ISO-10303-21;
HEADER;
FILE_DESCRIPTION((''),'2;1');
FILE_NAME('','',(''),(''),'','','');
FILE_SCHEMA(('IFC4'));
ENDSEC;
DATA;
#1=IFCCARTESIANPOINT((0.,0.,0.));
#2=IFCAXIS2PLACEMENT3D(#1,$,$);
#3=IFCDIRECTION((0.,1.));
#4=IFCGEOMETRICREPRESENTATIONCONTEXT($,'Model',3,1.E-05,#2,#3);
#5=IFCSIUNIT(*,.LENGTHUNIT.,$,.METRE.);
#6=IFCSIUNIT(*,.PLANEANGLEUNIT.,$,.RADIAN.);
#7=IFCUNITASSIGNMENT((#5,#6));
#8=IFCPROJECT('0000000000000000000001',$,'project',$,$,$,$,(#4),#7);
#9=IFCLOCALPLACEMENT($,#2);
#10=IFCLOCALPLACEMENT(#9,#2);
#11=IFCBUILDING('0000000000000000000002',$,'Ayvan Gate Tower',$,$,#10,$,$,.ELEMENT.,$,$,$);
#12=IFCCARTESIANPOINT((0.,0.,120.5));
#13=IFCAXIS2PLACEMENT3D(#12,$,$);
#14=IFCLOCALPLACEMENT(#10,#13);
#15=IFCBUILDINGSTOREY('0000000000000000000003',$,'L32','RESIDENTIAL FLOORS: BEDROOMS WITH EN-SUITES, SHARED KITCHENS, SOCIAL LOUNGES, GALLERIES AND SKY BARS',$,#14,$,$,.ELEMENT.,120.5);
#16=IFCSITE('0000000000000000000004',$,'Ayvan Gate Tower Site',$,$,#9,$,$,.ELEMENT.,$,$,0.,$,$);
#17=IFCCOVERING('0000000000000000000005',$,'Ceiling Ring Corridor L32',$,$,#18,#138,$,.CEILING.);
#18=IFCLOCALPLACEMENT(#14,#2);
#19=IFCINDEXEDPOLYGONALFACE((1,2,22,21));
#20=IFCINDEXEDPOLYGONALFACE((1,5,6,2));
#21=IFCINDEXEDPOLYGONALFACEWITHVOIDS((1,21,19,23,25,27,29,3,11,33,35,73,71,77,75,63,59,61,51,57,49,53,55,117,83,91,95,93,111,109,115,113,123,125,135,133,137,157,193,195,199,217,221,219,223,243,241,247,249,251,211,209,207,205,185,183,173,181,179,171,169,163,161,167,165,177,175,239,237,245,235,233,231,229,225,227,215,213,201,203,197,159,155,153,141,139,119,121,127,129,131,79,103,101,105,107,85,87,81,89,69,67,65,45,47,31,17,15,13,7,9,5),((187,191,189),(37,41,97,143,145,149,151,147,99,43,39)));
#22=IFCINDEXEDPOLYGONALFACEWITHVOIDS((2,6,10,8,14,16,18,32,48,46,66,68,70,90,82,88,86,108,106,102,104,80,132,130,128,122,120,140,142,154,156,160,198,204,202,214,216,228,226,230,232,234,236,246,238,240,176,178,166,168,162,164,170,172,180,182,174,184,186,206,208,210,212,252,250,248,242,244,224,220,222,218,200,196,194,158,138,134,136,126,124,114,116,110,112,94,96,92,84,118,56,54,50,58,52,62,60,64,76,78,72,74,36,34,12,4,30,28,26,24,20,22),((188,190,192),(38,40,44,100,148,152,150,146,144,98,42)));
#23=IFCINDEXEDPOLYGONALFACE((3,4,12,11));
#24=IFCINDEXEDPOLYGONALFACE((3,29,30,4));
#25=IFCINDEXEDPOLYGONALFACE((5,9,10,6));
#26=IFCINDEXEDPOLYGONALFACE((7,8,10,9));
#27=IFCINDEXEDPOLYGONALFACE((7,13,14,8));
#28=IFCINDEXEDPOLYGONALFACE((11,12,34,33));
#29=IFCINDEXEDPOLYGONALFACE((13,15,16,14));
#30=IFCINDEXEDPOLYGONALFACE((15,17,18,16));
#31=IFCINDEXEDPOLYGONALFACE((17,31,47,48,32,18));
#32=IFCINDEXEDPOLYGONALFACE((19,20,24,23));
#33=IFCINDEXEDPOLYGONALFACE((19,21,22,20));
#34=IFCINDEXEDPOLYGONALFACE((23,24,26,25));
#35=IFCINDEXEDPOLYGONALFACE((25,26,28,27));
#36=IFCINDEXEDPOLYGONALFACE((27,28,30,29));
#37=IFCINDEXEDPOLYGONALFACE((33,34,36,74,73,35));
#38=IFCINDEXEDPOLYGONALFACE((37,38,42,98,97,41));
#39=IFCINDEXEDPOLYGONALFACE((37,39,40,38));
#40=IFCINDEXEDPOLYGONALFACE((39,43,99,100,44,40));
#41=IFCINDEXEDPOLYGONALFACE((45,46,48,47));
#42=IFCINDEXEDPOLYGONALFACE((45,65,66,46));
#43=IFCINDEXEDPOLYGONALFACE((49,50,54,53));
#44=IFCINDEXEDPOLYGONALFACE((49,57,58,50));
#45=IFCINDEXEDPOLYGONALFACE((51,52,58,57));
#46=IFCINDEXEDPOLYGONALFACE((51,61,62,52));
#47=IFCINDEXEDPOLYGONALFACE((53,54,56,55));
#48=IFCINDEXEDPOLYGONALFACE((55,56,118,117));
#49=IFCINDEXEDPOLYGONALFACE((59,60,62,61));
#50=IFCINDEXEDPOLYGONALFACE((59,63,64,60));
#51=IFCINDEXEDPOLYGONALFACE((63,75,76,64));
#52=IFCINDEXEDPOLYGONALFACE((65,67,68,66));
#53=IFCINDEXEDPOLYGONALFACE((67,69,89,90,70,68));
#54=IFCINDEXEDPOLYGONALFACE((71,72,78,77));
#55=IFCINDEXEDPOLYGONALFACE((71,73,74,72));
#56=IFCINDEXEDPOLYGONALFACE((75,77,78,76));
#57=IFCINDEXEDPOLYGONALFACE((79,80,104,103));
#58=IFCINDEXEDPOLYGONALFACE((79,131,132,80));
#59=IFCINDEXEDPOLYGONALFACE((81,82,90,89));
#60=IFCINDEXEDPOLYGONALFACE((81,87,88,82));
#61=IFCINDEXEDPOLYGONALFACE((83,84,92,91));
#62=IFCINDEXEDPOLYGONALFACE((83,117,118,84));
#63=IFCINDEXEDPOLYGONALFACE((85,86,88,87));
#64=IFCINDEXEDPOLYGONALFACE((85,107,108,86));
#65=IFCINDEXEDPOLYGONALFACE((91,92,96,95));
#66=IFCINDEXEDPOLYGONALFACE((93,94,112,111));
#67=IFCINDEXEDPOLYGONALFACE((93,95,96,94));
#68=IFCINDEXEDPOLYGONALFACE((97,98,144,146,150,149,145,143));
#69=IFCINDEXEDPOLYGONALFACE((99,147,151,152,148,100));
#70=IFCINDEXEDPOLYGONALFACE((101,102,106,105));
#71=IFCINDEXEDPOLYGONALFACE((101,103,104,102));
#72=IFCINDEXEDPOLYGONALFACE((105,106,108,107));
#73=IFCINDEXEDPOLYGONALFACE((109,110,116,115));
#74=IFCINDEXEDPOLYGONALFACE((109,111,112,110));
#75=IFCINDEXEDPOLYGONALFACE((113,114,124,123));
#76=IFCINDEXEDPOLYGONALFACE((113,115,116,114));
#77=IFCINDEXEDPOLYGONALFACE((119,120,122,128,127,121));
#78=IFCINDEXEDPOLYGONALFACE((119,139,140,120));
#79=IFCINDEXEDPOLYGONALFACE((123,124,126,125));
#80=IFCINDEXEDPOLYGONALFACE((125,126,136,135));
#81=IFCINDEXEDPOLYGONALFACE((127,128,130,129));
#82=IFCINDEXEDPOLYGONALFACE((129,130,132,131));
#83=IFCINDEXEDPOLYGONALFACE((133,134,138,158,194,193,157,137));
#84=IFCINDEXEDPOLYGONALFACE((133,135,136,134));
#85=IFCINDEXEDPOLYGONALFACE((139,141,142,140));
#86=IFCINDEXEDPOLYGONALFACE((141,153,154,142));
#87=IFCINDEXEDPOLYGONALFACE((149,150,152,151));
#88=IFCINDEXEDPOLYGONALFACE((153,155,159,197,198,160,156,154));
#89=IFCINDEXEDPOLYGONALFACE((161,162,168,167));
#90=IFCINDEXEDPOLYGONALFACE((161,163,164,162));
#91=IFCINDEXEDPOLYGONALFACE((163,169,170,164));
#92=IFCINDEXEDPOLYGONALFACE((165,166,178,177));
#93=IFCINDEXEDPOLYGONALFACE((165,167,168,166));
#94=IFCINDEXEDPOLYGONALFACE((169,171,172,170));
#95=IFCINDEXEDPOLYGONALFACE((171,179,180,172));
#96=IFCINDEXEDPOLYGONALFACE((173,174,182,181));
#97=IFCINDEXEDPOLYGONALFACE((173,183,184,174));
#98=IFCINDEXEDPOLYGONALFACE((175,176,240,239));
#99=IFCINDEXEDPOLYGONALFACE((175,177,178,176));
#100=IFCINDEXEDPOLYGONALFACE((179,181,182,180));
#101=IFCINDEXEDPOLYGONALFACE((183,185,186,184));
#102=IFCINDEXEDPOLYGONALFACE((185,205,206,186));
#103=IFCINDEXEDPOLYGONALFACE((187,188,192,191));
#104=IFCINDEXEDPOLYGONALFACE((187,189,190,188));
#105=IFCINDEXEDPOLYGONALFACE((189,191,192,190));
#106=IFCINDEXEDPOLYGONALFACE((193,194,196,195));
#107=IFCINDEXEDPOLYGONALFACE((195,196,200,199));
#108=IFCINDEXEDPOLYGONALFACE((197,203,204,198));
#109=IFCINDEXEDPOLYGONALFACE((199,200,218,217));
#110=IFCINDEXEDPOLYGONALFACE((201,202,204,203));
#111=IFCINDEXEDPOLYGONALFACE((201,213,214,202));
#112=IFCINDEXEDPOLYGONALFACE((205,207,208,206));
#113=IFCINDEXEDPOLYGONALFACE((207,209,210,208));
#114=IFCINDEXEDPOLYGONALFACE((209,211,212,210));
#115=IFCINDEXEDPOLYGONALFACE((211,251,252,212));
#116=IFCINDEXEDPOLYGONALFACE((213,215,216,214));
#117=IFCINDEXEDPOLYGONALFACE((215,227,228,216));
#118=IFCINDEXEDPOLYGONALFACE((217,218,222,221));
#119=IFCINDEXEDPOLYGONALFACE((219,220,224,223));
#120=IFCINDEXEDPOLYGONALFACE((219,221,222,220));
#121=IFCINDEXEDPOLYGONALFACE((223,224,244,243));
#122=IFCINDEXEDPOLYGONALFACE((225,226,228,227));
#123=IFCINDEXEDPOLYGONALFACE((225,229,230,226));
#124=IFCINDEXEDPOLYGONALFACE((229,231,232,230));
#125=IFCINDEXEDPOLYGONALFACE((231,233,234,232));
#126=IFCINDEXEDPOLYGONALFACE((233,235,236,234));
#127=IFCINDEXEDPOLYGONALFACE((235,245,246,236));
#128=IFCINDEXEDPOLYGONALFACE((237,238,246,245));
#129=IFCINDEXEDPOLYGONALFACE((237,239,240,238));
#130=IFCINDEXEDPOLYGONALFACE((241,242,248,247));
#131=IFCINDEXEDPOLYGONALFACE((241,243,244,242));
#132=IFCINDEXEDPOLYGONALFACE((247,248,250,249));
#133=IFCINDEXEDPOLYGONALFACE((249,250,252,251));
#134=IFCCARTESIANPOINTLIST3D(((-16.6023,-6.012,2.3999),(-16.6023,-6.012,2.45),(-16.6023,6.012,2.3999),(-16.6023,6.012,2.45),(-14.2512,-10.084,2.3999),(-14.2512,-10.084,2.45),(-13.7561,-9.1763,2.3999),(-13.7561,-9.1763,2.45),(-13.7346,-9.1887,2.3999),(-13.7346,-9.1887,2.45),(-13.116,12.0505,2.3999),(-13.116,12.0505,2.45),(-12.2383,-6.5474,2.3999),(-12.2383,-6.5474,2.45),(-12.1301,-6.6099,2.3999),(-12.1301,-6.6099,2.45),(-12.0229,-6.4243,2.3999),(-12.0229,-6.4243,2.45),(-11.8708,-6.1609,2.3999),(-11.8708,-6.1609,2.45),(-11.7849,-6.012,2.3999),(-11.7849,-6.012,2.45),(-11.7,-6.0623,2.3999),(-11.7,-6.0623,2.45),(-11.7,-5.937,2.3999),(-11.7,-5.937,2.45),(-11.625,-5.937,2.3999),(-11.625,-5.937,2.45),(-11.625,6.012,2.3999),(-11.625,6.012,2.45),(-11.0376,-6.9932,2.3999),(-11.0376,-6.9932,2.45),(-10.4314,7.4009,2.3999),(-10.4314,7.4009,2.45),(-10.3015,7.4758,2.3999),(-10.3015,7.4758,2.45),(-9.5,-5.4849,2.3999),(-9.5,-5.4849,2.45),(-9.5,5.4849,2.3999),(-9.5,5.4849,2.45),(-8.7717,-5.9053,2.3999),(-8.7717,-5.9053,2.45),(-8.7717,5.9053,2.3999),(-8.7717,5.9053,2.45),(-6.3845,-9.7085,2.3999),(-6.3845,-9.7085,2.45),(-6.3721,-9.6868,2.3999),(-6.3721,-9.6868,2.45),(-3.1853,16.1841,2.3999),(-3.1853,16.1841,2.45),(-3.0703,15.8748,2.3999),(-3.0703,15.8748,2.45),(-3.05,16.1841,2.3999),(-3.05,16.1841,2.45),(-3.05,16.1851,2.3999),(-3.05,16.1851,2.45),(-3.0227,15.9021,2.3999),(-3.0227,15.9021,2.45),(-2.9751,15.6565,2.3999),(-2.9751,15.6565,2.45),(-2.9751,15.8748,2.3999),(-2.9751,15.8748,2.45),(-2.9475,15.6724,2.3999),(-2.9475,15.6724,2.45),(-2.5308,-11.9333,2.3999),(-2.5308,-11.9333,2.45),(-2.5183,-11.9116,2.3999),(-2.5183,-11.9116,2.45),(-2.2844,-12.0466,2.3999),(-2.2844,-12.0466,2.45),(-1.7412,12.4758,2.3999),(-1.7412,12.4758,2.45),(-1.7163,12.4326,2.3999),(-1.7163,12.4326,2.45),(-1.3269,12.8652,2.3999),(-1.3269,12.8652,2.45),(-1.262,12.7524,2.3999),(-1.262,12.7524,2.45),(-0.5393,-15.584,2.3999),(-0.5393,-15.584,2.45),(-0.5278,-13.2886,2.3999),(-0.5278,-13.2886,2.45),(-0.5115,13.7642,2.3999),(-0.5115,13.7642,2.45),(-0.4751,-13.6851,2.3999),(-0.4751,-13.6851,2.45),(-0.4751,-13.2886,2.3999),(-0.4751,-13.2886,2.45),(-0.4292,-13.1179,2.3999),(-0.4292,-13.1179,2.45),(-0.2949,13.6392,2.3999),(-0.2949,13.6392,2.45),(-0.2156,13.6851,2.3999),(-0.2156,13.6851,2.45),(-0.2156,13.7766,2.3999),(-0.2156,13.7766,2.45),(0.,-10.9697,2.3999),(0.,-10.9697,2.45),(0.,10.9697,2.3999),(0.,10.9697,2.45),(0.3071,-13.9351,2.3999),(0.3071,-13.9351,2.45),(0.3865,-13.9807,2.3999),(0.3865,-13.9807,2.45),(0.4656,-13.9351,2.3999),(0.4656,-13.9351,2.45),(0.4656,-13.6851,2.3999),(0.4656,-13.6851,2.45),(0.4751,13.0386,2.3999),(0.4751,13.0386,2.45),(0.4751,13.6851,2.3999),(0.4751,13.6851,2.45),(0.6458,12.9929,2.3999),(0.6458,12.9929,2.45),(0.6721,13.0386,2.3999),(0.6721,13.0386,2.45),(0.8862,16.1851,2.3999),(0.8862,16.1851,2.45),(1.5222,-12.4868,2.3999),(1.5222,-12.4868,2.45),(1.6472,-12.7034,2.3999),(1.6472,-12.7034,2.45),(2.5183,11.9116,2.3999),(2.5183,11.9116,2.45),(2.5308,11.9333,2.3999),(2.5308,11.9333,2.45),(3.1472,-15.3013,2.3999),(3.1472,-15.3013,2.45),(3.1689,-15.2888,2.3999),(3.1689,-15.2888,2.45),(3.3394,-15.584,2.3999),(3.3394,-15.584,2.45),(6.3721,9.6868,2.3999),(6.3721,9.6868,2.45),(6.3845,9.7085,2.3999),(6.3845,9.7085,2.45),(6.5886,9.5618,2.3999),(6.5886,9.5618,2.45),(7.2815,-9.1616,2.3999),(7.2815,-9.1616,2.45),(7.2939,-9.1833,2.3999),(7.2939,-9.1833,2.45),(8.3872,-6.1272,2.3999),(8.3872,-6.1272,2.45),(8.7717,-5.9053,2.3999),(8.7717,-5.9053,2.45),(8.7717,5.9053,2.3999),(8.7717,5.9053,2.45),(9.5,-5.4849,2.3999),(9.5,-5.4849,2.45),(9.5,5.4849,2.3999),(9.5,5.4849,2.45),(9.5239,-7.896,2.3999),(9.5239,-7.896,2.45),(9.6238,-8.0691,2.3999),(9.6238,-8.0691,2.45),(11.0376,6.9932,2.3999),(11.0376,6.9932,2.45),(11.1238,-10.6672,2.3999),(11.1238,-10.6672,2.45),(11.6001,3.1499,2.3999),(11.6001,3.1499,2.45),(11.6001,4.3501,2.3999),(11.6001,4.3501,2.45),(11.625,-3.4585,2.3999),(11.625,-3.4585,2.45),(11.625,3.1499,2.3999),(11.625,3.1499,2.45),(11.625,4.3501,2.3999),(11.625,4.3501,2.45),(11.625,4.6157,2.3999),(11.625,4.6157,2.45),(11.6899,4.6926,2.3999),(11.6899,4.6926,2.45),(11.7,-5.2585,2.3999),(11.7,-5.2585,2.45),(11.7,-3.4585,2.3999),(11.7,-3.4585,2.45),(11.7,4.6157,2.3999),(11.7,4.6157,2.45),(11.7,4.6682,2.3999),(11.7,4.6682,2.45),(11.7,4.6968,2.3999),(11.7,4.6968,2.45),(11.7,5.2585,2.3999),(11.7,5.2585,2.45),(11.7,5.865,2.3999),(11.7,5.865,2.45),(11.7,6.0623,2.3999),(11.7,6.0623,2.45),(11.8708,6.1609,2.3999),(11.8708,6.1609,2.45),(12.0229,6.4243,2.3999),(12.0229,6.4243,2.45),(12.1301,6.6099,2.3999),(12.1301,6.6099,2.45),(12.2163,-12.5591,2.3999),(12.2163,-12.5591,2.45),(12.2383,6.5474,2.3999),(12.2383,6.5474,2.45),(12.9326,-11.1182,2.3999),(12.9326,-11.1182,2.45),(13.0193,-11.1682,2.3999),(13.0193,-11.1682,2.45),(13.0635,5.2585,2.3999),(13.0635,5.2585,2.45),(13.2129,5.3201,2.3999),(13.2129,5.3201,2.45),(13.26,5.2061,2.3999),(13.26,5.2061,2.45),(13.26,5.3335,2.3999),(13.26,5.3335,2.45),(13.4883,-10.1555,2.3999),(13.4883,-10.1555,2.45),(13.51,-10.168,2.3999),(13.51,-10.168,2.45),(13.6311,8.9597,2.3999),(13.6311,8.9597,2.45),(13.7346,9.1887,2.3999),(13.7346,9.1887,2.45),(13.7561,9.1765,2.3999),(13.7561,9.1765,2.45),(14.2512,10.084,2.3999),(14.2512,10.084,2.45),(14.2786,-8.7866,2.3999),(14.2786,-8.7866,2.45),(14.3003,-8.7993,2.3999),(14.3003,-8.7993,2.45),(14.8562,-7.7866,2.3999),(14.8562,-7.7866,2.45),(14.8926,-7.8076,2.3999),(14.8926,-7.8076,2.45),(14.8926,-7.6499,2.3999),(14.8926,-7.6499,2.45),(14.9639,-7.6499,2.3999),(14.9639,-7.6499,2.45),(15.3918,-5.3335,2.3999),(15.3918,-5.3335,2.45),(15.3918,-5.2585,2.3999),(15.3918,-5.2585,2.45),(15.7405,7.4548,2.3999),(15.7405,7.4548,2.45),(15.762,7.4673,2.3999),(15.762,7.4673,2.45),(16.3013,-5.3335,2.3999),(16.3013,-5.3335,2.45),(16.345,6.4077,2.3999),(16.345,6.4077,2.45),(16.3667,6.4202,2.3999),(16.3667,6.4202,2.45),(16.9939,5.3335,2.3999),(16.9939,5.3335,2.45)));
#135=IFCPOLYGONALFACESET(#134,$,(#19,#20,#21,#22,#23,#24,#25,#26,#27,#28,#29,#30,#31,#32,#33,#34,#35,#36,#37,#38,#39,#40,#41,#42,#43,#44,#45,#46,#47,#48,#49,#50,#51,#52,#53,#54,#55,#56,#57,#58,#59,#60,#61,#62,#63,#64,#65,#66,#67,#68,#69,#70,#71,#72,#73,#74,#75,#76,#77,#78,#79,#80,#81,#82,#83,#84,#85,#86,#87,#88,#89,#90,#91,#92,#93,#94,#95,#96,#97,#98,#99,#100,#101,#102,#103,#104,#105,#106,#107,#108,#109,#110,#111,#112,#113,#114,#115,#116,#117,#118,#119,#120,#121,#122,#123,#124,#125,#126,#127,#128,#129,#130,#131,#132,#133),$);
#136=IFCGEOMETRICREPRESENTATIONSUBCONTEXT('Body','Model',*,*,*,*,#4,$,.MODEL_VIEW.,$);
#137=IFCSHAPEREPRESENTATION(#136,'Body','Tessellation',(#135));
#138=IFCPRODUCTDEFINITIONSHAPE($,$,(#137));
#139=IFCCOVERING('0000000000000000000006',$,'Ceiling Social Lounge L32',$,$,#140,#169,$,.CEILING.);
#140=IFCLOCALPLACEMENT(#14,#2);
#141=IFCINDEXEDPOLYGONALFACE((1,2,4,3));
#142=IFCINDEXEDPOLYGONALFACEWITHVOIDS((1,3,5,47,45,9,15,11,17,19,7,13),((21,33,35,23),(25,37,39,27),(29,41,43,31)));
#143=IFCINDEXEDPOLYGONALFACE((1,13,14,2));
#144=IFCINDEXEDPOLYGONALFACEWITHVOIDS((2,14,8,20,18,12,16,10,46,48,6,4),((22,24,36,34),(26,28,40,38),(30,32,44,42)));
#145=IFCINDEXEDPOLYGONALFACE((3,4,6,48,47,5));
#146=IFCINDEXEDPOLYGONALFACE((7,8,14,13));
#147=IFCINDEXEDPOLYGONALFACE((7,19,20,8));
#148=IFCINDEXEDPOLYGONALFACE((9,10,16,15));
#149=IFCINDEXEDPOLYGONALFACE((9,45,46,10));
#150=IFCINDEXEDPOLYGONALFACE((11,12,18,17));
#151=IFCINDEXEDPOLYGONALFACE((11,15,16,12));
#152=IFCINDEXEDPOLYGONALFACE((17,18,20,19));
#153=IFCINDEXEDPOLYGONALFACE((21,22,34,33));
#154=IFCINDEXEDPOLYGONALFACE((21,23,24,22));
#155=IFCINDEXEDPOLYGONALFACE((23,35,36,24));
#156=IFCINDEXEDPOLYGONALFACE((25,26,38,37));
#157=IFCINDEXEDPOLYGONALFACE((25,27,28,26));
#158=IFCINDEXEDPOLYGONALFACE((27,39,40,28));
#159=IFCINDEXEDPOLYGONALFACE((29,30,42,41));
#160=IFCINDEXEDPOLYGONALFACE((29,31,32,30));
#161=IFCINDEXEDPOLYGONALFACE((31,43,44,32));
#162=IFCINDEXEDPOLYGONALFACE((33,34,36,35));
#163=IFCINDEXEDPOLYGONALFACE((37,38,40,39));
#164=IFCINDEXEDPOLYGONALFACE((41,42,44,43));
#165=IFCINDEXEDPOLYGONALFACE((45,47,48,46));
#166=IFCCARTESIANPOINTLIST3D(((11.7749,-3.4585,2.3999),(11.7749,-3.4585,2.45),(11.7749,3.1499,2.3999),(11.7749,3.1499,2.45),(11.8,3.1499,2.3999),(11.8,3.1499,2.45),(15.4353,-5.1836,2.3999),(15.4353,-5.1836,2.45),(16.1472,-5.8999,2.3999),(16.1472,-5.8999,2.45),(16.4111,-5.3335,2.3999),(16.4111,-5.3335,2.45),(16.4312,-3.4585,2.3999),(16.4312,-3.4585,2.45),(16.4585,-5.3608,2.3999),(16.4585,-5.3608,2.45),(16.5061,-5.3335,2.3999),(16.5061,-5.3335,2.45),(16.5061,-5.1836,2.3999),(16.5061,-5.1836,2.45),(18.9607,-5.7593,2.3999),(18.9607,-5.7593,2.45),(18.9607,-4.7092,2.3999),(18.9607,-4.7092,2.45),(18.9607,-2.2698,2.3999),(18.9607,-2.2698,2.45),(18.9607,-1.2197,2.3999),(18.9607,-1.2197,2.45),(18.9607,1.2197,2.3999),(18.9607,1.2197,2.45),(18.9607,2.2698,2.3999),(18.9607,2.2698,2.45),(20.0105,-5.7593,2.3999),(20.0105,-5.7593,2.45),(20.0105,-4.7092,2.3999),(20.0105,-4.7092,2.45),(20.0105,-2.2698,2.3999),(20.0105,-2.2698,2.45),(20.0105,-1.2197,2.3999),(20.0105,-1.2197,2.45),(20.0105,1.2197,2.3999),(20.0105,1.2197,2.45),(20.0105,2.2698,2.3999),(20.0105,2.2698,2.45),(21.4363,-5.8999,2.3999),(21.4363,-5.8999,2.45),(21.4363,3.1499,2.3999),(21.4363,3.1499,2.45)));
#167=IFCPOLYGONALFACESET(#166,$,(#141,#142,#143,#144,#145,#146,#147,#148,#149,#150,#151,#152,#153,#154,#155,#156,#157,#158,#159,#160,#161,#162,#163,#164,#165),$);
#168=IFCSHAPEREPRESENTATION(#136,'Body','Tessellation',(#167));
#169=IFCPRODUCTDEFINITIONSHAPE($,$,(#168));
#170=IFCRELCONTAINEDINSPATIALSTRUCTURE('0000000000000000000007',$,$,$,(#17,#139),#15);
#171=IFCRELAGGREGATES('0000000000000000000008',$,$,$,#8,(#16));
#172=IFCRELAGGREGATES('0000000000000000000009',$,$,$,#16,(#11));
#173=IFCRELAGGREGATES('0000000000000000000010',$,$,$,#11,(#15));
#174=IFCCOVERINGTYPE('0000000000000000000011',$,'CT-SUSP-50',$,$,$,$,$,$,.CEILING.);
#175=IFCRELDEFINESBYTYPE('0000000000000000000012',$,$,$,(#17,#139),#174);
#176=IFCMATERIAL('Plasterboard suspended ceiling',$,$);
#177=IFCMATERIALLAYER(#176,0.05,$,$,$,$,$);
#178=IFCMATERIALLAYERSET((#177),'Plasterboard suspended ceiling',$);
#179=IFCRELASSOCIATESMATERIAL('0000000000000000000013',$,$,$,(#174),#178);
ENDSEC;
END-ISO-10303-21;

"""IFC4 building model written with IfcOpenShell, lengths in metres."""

from ifc_helpers import new_model, si_unit, direction, frame, origin, place, context, subcontext, project, spatial, polyline, outline, extrude, material, layer, layer_set, type_object, element, save


model = new_model("IFC4")

# Units and contexts
model_context = context("Model", 3, precision=1e-05, world=origin(), true_north=direction((0.0, 1.0)))
body_context = subcontext(model_context, "Body", "Model", "MODEL_VIEW")
ifc_project = project(units=[si_unit("LENGTHUNIT", "METRE"), si_unit("PLANEANGLEUNIT", "RADIAN")], contexts=[model_context])

# Site, building, storey
site_placement = place(None, origin())
site = spatial("IfcSite", under=ifc_project, at=site_placement, Name="Ayvan Gate Tower Site", CompositionType="ELEMENT", RefElevation=0.0)
building_placement = place(site_placement, origin())
building = spatial("IfcBuilding", under=site, at=building_placement, Name="Ayvan Gate Tower", CompositionType="ELEMENT")
storey_placement = place(building_placement, frame((0.0, 0.0, 120.5)))
storey = spatial("IfcBuildingStorey", under=building, at=storey_placement, Name="L32", Description="RESIDENTIAL FLOORS: BEDROOMS WITH EN-SUITES, SHARED KITCHENS, SOCIAL LOUNGES, GALLERIES AND SKY BARS", CompositionType="ELEMENT", Elevation=120.5)

# Coverings
ifc_material_1 = material(Name="Plasterboard suspended ceiling")
ifc_layer_1 = layer(ifc_material_1, 0.05)
ifc_layer_set_1 = layer_set([ifc_layer_1], Name="Plasterboard suspended ceiling")
covering_type = type_object("IfcCoveringType", Name="CT-SUSP-50", PredefinedType="CEILING", material=ifc_layer_set_1)
covering_1_placement = place(storey_placement, frame((0.0, 0.0, 2.3999)))
element("IfcCovering", 1, at=covering_1_placement, inside=storey, type_object=covering_type, Name="Ceiling Ring Corridor L32", PredefinedType="CEILING", context=body_context, shape_type="SweptSolid", body=[
    extrude(outline(polyline([(-14.2512, -10.084), (-16.6023, -6.012), (-11.7849, -6.012), (-11.8708, -6.1609), (-11.7, -6.0623), (-11.7, -5.937), (-11.625, -5.937), (-11.625, 6.012), (-16.6023, 6.012), (-13.116, 12.0505), (-10.4314, 7.4009), (-10.3015, 7.4758), (-1.7163, 12.4326), (-1.7412, 12.4758), (-1.262, 12.7524), (-1.3269, 12.8652), (-2.9475, 15.6724), (-2.9751, 15.6565), (-2.9751, 15.8748), (-3.0703, 15.8748), (-3.0227, 15.9021), (-3.1853, 16.1841), (-3.05, 16.1841), (-3.05, 16.1851), (0.8862, 16.1851), (-0.5115, 13.7642), (-0.2949, 13.6392), (-0.2156, 13.7766), (-0.2156, 13.6851), (0.4751, 13.6851), (0.4751, 13.0386), (0.6721, 13.0386), (0.6458, 12.9929), (2.5183, 11.9116), (2.5308, 11.9333), (6.3845, 9.7085), (6.3721, 9.6868), (6.5886, 9.5618), (11.0376, 6.9932), (12.0229, 6.4243), (12.1301, 6.6099), (12.2383, 6.5474), (13.6311, 8.9597), (13.7561, 9.1765), (13.7346, 9.1887), (14.2512, 10.084), (15.762, 7.4673), (15.7405, 7.4548), (16.345, 6.4077), (16.3667, 6.4202), (16.9939, 5.3335), (13.26, 5.3335), (13.26, 5.2061), (13.26, 5.2061), (13.2129, 5.3201), (13.0635, 5.2585), (11.7, 5.2585), (11.7, 4.6968), (11.6899, 4.6926), (11.7, 4.6682), (11.7, 4.6157), (11.625, 4.6157), (11.625, 4.3501), (11.6001, 4.3501), (11.6001, 3.1499), (11.625, 3.1499), (11.625, -3.4585), (11.7, -3.4585), (11.7, -5.2585), (15.3918, -5.2585), (15.3918, -5.3335), (16.3013, -5.3335), (14.9639, -7.6499), (14.8926, -7.6499), (14.8926, -7.8076), (14.8562, -7.7866), (14.2786, -8.7866), (14.3003, -8.7993), (13.51, -10.168), (13.4883, -10.1555), (12.9326, -11.1182), (13.0193, -11.1682), (12.2163, -12.5591), (11.1238, -10.6672), (9.6238, -8.0691), (9.5239, -7.896), (7.2939, -9.1833), (7.2815, -9.1616), (1.5222, -12.4868), (1.6472, -12.7034), (3.1472, -15.3013), (3.1689, -15.2888), (3.3394, -15.584), (-0.5393, -15.584), (0.3865, -13.9807), (0.3071, -13.9351), (0.4656, -13.9351), (0.4656, -13.6851), (-0.4751, -13.6851), (-0.4751, -13.2886), (-0.5278, -13.2886), (-0.4292, -13.1179), (-2.2844, -12.0466), (-2.5183, -11.9116), (-2.5308, -11.9333), (-6.3845, -9.7085), (-6.3721, -9.6868), (-11.0376, -6.9932), (-12.0229, -6.4243), (-12.1301, -6.6099), (-12.2383, -6.5474), (-13.7561, -9.1763), (-13.7346, -9.1887), (-14.2512, -10.084)]), holes=[polyline([(11.7, 5.865), (11.8708, 6.1609), (11.7, 6.0623), (11.7, 5.865)]), polyline([(-8.7717, -5.9053), (0.0, -10.9697), (8.3872, -6.1272), (8.7717, -5.9053), (9.5, -5.4849), (9.5, 5.4849), (8.7717, 5.9053), (0.0, 10.9697), (-8.7717, 5.9053), (-9.5, 5.4849), (-9.5, -5.4849), (-8.7717, -5.9053)])]), origin(), (0.0, 0.0, 1.0), 0.05),
])
covering_2_placement = place(storey_placement, frame((0.0, 0.0, 2.3999)))
element("IfcCovering", 2, at=covering_2_placement, inside=storey, type_object=covering_type, Name="Ceiling Social Lounge L32", PredefinedType="CEILING", context=body_context, shape_type="SweptSolid", body=[
    extrude(outline(polyline([(11.7749, 3.1499), (11.8, 3.1499), (11.8, 3.1499), (21.4363, 3.1499), (21.4363, -5.8999), (16.1472, -5.8999), (16.4585, -5.3608), (16.4111, -5.3335), (16.5061, -5.3335), (16.5061, -5.1836), (15.4353, -5.1836), (16.4312, -3.4585), (11.7749, -3.4585), (11.7749, 3.1499)]), holes=[polyline([(18.9607, -5.7593), (20.0105, -5.7593), (20.0105, -4.7092), (18.9607, -4.7092), (18.9607, -5.7593)]), polyline([(18.9607, -2.2698), (20.0105, -2.2698), (20.0105, -1.2197), (18.9607, -1.2197), (18.9607, -2.2698)]), polyline([(20.0105, 1.2197), (20.0105, 2.2698), (18.9607, 2.2698), (18.9607, 1.2197), (20.0105, 1.2197)])]), origin(), (0.0, 0.0, 1.0), 0.05),
])

save(model, "model.ifc")
